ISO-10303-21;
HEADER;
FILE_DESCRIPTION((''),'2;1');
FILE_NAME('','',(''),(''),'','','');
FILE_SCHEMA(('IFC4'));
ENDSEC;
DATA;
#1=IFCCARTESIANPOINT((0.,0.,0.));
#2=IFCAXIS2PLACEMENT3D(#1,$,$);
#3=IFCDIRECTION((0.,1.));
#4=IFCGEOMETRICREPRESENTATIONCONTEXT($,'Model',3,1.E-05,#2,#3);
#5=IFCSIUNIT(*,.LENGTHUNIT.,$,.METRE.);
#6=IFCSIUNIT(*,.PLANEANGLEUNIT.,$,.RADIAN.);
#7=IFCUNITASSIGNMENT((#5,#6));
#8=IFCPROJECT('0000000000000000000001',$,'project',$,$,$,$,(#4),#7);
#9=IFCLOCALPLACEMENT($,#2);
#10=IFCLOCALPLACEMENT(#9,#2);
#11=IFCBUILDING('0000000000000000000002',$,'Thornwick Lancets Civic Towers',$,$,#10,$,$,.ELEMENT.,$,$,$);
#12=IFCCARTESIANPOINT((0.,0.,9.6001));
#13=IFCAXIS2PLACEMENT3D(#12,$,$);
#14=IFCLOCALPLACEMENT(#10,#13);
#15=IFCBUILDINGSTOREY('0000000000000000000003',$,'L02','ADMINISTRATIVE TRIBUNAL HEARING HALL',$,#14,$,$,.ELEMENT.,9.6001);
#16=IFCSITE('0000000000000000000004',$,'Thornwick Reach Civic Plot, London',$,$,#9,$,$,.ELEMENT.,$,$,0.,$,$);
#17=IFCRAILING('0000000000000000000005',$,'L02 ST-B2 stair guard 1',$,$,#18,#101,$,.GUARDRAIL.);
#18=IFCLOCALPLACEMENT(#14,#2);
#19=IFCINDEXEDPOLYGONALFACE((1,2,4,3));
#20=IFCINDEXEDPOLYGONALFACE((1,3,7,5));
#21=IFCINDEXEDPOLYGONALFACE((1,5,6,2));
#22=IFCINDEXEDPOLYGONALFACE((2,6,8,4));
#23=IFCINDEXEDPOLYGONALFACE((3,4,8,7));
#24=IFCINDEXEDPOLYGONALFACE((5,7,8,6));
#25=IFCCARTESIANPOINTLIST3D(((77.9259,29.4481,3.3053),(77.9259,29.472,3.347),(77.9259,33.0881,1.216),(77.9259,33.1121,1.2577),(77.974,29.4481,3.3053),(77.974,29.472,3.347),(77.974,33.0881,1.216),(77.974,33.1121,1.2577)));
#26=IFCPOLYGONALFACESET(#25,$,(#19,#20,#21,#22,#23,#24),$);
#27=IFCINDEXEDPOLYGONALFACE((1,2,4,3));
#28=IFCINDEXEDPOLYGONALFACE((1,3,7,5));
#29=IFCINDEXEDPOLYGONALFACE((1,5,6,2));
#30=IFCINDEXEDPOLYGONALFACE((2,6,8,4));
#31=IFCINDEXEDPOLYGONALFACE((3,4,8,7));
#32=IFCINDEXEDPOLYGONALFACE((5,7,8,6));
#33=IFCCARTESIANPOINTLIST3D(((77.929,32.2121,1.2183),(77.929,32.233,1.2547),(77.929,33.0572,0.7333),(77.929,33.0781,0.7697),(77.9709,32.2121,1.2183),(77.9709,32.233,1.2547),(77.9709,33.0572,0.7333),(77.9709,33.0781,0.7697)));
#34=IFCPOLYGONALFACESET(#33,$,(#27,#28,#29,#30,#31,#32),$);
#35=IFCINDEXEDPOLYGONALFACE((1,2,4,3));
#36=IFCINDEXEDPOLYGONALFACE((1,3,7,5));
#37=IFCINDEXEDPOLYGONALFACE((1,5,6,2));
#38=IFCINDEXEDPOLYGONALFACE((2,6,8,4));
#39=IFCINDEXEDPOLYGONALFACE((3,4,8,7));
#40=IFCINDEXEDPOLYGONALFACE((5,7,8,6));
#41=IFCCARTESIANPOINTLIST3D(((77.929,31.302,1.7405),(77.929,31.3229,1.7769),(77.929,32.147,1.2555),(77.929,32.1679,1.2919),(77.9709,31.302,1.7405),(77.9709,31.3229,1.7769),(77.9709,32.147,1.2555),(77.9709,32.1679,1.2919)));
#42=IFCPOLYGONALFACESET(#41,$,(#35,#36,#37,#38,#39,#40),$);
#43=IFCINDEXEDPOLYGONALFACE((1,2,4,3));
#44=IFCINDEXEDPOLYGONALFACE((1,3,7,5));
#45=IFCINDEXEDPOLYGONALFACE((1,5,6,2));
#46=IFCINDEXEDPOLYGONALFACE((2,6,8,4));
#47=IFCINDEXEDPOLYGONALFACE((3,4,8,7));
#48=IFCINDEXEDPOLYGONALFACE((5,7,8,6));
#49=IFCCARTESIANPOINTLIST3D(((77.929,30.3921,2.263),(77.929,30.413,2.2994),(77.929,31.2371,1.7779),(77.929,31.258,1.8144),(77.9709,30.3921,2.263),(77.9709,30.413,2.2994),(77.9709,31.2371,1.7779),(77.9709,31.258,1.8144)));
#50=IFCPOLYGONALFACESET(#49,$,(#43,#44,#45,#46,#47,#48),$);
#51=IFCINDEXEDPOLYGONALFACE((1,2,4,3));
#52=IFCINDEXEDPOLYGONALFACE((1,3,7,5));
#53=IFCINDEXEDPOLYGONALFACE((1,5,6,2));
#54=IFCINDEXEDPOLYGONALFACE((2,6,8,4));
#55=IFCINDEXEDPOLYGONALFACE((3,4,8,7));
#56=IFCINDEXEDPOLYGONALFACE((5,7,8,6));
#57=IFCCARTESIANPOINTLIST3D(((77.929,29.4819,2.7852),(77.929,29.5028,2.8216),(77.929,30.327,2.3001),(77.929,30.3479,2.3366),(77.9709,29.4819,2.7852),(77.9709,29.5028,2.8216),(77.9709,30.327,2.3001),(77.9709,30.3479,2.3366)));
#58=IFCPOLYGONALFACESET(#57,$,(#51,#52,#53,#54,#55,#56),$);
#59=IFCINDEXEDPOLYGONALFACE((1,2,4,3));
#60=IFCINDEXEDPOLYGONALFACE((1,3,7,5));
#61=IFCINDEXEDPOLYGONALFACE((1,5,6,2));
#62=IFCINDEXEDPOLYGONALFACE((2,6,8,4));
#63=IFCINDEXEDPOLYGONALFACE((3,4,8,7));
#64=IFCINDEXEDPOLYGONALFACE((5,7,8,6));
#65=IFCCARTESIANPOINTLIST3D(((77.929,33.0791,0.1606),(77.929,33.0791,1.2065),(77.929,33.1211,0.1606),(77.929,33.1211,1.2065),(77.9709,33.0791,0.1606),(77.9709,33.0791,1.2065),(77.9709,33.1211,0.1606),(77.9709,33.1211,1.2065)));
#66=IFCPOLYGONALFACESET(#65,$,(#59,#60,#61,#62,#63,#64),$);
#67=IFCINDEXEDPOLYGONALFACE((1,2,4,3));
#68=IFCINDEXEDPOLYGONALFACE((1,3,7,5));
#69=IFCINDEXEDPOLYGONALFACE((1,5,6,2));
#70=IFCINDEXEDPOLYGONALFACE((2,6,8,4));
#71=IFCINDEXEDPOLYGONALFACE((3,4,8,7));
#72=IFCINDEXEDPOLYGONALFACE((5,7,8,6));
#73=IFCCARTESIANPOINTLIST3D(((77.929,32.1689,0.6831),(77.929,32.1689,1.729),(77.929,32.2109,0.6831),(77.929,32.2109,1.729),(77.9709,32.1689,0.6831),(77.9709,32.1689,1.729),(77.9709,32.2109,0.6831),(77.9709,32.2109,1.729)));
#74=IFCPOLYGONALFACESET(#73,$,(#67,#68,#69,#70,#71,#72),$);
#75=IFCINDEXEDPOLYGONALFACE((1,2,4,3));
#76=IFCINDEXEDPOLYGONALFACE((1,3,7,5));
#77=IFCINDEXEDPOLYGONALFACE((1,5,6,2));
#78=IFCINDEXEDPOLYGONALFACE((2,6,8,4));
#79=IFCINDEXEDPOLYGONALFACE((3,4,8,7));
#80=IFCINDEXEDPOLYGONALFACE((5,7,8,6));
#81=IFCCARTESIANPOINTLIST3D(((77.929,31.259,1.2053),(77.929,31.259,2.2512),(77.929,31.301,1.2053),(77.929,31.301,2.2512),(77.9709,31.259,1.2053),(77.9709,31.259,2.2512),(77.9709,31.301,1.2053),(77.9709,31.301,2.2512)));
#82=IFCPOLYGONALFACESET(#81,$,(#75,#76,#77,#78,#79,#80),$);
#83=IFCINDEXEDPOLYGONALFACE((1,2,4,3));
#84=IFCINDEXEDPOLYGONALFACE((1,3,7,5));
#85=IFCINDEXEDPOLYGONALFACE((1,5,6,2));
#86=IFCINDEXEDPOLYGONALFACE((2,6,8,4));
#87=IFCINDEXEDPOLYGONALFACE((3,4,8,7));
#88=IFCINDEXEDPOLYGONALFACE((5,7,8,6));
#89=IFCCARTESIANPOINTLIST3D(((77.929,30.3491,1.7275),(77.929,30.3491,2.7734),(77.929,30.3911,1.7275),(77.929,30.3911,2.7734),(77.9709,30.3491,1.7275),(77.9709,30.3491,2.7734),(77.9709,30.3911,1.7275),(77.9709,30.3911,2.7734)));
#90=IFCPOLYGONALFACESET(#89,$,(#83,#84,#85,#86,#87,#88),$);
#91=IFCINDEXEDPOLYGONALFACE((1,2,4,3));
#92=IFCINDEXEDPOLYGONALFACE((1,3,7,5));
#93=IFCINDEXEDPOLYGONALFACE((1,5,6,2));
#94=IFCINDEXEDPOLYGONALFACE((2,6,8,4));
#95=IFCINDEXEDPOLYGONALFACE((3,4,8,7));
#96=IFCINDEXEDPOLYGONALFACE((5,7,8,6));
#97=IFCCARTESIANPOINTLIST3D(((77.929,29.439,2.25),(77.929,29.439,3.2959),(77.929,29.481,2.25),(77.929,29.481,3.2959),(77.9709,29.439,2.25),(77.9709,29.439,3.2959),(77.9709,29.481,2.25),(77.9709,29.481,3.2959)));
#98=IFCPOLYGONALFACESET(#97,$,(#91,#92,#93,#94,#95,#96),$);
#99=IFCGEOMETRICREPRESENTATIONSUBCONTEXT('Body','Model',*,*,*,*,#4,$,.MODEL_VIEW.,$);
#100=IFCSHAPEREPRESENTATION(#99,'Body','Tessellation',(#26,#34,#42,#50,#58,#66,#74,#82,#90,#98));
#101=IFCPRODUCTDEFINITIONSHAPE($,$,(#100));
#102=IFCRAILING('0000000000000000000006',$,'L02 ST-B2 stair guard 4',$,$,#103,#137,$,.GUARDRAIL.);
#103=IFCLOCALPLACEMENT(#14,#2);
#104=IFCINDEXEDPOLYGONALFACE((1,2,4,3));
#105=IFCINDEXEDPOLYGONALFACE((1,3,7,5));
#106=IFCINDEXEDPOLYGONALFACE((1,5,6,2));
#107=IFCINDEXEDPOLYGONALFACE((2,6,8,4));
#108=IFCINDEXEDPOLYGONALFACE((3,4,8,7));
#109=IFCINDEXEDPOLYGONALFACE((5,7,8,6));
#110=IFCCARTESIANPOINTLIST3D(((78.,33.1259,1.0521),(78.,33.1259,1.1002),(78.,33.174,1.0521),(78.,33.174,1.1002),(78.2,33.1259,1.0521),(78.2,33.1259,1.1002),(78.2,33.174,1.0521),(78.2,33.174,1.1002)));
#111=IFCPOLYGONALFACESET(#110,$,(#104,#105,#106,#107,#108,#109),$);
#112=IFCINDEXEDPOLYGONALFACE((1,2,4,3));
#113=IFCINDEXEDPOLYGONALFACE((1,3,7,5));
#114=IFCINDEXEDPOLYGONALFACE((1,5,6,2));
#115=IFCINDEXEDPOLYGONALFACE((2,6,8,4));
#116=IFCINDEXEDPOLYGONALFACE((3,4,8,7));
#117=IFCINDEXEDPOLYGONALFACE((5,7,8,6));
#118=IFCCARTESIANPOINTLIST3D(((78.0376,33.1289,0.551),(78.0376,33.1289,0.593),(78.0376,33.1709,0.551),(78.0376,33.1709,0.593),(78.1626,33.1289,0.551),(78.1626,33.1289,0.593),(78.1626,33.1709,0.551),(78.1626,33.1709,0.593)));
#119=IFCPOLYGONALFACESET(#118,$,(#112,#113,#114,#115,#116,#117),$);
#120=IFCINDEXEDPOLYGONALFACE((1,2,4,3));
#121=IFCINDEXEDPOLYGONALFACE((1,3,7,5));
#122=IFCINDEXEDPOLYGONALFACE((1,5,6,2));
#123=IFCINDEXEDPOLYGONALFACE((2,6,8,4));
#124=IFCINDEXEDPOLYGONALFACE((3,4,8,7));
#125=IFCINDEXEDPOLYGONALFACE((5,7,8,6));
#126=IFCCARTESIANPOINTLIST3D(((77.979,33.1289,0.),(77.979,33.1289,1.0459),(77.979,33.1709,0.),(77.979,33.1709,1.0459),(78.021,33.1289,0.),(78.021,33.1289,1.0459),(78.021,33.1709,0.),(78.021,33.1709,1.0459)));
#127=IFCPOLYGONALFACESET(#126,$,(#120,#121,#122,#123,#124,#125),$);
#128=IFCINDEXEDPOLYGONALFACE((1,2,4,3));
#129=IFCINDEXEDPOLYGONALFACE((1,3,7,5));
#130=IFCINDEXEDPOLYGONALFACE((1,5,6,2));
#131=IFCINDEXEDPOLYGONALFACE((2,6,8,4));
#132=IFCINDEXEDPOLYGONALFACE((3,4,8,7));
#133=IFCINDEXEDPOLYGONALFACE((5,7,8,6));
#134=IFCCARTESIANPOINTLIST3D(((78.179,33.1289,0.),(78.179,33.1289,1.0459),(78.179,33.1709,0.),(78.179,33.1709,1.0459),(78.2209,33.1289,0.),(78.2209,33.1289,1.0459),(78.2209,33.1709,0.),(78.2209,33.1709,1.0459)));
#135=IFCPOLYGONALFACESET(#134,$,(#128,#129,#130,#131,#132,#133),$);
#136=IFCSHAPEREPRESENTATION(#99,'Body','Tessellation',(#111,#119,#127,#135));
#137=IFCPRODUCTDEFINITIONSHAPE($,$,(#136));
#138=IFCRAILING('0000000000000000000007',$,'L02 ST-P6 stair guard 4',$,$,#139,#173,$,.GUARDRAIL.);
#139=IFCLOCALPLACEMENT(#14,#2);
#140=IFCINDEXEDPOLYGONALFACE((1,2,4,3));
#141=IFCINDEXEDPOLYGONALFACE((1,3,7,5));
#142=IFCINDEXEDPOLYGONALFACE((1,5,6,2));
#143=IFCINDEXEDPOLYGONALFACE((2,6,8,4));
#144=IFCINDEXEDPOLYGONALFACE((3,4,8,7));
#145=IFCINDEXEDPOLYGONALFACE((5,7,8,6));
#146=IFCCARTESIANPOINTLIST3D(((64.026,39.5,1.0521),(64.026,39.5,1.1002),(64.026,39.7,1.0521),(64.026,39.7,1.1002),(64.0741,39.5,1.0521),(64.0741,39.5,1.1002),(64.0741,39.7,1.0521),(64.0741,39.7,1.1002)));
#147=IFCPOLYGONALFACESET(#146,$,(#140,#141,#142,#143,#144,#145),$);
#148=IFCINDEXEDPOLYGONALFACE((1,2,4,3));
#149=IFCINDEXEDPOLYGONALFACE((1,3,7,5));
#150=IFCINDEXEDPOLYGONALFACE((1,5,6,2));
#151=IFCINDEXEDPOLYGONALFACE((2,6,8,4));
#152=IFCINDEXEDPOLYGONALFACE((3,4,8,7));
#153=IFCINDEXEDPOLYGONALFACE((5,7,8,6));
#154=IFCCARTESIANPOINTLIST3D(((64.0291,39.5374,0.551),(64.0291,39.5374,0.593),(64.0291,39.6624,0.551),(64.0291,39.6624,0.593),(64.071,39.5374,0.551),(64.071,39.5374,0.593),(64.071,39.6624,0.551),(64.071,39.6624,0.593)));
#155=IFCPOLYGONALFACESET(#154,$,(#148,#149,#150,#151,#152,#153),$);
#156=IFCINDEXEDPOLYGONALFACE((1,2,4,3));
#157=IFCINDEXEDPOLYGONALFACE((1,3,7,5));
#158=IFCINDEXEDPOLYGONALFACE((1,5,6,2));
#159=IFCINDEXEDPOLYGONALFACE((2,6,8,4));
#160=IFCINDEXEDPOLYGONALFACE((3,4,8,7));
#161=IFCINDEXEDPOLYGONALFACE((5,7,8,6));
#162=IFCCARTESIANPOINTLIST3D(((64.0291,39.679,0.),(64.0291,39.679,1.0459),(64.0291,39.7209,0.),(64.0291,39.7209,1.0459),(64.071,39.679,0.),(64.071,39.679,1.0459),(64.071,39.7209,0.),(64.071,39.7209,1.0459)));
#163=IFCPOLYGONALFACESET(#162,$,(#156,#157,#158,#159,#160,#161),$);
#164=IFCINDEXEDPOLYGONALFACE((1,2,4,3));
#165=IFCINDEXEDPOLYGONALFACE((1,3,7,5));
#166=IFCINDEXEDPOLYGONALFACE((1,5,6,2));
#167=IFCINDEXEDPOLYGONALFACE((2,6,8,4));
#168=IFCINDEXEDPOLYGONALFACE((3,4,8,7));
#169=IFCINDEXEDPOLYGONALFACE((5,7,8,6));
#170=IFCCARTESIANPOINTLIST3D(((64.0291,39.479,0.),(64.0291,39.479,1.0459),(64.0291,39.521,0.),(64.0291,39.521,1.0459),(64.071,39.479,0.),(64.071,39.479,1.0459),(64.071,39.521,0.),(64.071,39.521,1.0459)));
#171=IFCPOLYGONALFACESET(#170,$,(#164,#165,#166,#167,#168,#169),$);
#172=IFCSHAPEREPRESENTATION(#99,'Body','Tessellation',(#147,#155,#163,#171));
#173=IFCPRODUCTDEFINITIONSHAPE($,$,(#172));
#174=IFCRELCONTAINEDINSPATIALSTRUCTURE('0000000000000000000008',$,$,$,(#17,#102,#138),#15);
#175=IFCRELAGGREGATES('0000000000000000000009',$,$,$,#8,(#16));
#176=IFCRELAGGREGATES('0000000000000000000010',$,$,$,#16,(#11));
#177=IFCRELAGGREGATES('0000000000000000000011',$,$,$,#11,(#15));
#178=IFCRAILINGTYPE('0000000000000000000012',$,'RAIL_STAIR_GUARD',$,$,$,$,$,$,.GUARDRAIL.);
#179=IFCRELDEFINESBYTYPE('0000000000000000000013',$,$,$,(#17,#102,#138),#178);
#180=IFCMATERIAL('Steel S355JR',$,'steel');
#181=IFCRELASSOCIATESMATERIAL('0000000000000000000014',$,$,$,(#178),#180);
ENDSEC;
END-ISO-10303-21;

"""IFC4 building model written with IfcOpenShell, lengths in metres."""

from ifc_helpers import new_model, si_unit, direction, frame, origin, origin_2d, place, context, subcontext, project, spatial, rectangle, extrude, material, type_object, element, save


model = new_model("IFC4")

# Units and contexts
model_context = context("Model", 3, precision=1e-05, world=origin(), true_north=direction((0.0, 1.0)))
body_context = subcontext(model_context, "Body", "Model", "MODEL_VIEW")
ifc_project = project(units=[si_unit("LENGTHUNIT", "METRE"), si_unit("PLANEANGLEUNIT", "RADIAN")], contexts=[model_context])

# Site, building, storey
site_placement = place(None, origin())
site = spatial("IfcSite", under=ifc_project, at=site_placement, Name="Thornwick Reach Civic Plot, London", CompositionType="ELEMENT", RefElevation=0.0)
building_placement = place(site_placement, origin())
building = spatial("IfcBuilding", under=site, at=building_placement, Name="Thornwick Lancets Civic Towers", CompositionType="ELEMENT")
storey_placement = place(building_placement, frame((0.0, 0.0, 9.6001)))
storey = spatial("IfcBuildingStorey", under=building, at=storey_placement, Name="L02", Description="ADMINISTRATIVE TRIBUNAL HEARING HALL", CompositionType="ELEMENT", Elevation=9.6001)

# Shared definitions
ifc_material_1 = material(Name="Steel S355JR", Category="steel")

# Railings
railing_type_1 = type_object("IfcRailingType", Name="RAIL_STAIR_GUARD", PredefinedType="GUARDRAIL", material=ifc_material_1)
railing_1_placement = place(storey_placement, frame((77.95, 33.1001, 0.1606)))
element("IfcRailing", 1, at=railing_1_placement, inside=storey, type_object=railing_type_1, Name="L02 ST-B2 stair guard 1", PredefinedType="GUARDRAIL", context=body_context, shape_type="SweptSolid", body=[
    extrude(rectangle(XDim=0.0481, YDim=0.0481, at=origin_2d()), frame((0.0, 0.0, 1.0762), z_axis=(0.0, -0.867289, 0.497804), x_axis=(1.0, 0.0, 0.0)), (0.0, 0.0, 1.0), 4.197),
    extrude(rectangle(XDim=0.042, YDim=0.042, at=origin_2d()), frame((0.0, -0.0325, 0.5908), z_axis=(0.0, -0.867289, 0.497804), x_axis=(1.0, 0.0, 0.0)), (0.0, 0.0, 1.0), 0.9744),
    extrude(rectangle(XDim=0.042, YDim=0.042, at=origin_2d()), frame((0.0, -0.9426, 1.113), z_axis=(0.0, -0.867289, 0.497804), x_axis=(1.0, 0.0, 0.0)), (0.0, 0.0, 1.0), 0.9744),
    extrude(rectangle(XDim=0.042, YDim=0.042, at=origin_2d()), frame((0.0, -1.8525, 1.6355), z_axis=(0.0, -0.867289, 0.497804), x_axis=(1.0, 0.0, 0.0)), (0.0, 0.0, 1.0), 0.9744),
    extrude(rectangle(XDim=0.042, YDim=0.042, at=origin_2d()), frame((0.0, -2.7627, 2.1577), z_axis=(0.0, -0.867289, 0.497804), x_axis=(1.0, 0.0, 0.0)), (0.0, 0.0, 1.0), 0.9744),
    extrude(rectangle(XDim=0.042, YDim=0.042, at=origin_2d()), origin(), (0.0, 0.0, 1.0), 1.0459),
    extrude(rectangle(XDim=0.042, YDim=0.042, at=origin_2d()), frame((0.0, -0.9102, 0.5225)), (0.0, 0.0, 1.0), 1.0459),
    extrude(rectangle(XDim=0.042, YDim=0.042, at=origin_2d()), frame((0.0, -1.8201, 1.0447)), (0.0, 0.0, 1.0), 1.0459),
    extrude(rectangle(XDim=0.042, YDim=0.042, at=origin_2d()), frame((0.0, -2.73, 1.5669)), (0.0, 0.0, 1.0), 1.0459),
    extrude(rectangle(XDim=0.042, YDim=0.042, at=origin_2d()), frame((0.0, -3.6401, 2.0894)), (0.0, 0.0, 1.0), 1.0459),
])
railing_2_placement = place(storey_placement, frame((78.0, 33.1499, 0.0)))
element("IfcRailing", 2, at=railing_2_placement, inside=storey, type_object=railing_type_1, Name="L02 ST-B2 stair guard 4", PredefinedType="GUARDRAIL", context=body_context, shape_type="SweptSolid", body=[
    extrude(rectangle(XDim=0.0481, YDim=0.0481, at=origin_2d()), frame((0.0, 0.0, 1.0762), z_axis=(1.0, 0.0, 0.0), x_axis=(0.0, 1.0, 0.0)), (0.0, 0.0, 1.0), 0.2),
    extrude(rectangle(XDim=0.042, YDim=0.042, at=origin_2d()), frame((0.0376, 0.0, 0.572), z_axis=(1.0, 0.0, 0.0), x_axis=(0.0, 1.0, 0.0)), (0.0, 0.0, 1.0), 0.125),
    extrude(rectangle(XDim=0.042, YDim=0.042, at=origin_2d()), origin(), (0.0, 0.0, 1.0), 1.0459),
    extrude(rectangle(XDim=0.042, YDim=0.042, at=origin_2d()), frame((0.2, 0.0, 0.0)), (0.0, 0.0, 1.0), 1.0459),
])
railing_3_placement = place(storey_placement, frame((64.05, 39.7, 0.0)))
element("IfcRailing", 3, at=railing_3_placement, inside=storey, type_object=railing_type_1, Name="L02 ST-P6 stair guard 4", PredefinedType="GUARDRAIL", context=body_context, shape_type="SweptSolid", body=[
    extrude(rectangle(XDim=0.0481, YDim=0.0481, at=origin_2d()), frame((0.0, 0.0, 1.0762), z_axis=(0.0, -1.0, 0.0), x_axis=(1.0, 0.0, 0.0)), (0.0, 0.0, 1.0), 0.2),
    extrude(rectangle(XDim=0.042, YDim=0.042, at=origin_2d()), frame((0.0, -0.0376, 0.572), z_axis=(0.0, -1.0, 0.0), x_axis=(1.0, 0.0, 0.0)), (0.0, 0.0, 1.0), 0.125),
    extrude(rectangle(XDim=0.042, YDim=0.042, at=origin_2d()), origin(), (0.0, 0.0, 1.0), 1.0459),
    extrude(rectangle(XDim=0.042, YDim=0.042, at=origin_2d()), frame((0.0, -0.2, 0.0)), (0.0, 0.0, 1.0), 1.0459),
])

save(model, "model.ifc")
